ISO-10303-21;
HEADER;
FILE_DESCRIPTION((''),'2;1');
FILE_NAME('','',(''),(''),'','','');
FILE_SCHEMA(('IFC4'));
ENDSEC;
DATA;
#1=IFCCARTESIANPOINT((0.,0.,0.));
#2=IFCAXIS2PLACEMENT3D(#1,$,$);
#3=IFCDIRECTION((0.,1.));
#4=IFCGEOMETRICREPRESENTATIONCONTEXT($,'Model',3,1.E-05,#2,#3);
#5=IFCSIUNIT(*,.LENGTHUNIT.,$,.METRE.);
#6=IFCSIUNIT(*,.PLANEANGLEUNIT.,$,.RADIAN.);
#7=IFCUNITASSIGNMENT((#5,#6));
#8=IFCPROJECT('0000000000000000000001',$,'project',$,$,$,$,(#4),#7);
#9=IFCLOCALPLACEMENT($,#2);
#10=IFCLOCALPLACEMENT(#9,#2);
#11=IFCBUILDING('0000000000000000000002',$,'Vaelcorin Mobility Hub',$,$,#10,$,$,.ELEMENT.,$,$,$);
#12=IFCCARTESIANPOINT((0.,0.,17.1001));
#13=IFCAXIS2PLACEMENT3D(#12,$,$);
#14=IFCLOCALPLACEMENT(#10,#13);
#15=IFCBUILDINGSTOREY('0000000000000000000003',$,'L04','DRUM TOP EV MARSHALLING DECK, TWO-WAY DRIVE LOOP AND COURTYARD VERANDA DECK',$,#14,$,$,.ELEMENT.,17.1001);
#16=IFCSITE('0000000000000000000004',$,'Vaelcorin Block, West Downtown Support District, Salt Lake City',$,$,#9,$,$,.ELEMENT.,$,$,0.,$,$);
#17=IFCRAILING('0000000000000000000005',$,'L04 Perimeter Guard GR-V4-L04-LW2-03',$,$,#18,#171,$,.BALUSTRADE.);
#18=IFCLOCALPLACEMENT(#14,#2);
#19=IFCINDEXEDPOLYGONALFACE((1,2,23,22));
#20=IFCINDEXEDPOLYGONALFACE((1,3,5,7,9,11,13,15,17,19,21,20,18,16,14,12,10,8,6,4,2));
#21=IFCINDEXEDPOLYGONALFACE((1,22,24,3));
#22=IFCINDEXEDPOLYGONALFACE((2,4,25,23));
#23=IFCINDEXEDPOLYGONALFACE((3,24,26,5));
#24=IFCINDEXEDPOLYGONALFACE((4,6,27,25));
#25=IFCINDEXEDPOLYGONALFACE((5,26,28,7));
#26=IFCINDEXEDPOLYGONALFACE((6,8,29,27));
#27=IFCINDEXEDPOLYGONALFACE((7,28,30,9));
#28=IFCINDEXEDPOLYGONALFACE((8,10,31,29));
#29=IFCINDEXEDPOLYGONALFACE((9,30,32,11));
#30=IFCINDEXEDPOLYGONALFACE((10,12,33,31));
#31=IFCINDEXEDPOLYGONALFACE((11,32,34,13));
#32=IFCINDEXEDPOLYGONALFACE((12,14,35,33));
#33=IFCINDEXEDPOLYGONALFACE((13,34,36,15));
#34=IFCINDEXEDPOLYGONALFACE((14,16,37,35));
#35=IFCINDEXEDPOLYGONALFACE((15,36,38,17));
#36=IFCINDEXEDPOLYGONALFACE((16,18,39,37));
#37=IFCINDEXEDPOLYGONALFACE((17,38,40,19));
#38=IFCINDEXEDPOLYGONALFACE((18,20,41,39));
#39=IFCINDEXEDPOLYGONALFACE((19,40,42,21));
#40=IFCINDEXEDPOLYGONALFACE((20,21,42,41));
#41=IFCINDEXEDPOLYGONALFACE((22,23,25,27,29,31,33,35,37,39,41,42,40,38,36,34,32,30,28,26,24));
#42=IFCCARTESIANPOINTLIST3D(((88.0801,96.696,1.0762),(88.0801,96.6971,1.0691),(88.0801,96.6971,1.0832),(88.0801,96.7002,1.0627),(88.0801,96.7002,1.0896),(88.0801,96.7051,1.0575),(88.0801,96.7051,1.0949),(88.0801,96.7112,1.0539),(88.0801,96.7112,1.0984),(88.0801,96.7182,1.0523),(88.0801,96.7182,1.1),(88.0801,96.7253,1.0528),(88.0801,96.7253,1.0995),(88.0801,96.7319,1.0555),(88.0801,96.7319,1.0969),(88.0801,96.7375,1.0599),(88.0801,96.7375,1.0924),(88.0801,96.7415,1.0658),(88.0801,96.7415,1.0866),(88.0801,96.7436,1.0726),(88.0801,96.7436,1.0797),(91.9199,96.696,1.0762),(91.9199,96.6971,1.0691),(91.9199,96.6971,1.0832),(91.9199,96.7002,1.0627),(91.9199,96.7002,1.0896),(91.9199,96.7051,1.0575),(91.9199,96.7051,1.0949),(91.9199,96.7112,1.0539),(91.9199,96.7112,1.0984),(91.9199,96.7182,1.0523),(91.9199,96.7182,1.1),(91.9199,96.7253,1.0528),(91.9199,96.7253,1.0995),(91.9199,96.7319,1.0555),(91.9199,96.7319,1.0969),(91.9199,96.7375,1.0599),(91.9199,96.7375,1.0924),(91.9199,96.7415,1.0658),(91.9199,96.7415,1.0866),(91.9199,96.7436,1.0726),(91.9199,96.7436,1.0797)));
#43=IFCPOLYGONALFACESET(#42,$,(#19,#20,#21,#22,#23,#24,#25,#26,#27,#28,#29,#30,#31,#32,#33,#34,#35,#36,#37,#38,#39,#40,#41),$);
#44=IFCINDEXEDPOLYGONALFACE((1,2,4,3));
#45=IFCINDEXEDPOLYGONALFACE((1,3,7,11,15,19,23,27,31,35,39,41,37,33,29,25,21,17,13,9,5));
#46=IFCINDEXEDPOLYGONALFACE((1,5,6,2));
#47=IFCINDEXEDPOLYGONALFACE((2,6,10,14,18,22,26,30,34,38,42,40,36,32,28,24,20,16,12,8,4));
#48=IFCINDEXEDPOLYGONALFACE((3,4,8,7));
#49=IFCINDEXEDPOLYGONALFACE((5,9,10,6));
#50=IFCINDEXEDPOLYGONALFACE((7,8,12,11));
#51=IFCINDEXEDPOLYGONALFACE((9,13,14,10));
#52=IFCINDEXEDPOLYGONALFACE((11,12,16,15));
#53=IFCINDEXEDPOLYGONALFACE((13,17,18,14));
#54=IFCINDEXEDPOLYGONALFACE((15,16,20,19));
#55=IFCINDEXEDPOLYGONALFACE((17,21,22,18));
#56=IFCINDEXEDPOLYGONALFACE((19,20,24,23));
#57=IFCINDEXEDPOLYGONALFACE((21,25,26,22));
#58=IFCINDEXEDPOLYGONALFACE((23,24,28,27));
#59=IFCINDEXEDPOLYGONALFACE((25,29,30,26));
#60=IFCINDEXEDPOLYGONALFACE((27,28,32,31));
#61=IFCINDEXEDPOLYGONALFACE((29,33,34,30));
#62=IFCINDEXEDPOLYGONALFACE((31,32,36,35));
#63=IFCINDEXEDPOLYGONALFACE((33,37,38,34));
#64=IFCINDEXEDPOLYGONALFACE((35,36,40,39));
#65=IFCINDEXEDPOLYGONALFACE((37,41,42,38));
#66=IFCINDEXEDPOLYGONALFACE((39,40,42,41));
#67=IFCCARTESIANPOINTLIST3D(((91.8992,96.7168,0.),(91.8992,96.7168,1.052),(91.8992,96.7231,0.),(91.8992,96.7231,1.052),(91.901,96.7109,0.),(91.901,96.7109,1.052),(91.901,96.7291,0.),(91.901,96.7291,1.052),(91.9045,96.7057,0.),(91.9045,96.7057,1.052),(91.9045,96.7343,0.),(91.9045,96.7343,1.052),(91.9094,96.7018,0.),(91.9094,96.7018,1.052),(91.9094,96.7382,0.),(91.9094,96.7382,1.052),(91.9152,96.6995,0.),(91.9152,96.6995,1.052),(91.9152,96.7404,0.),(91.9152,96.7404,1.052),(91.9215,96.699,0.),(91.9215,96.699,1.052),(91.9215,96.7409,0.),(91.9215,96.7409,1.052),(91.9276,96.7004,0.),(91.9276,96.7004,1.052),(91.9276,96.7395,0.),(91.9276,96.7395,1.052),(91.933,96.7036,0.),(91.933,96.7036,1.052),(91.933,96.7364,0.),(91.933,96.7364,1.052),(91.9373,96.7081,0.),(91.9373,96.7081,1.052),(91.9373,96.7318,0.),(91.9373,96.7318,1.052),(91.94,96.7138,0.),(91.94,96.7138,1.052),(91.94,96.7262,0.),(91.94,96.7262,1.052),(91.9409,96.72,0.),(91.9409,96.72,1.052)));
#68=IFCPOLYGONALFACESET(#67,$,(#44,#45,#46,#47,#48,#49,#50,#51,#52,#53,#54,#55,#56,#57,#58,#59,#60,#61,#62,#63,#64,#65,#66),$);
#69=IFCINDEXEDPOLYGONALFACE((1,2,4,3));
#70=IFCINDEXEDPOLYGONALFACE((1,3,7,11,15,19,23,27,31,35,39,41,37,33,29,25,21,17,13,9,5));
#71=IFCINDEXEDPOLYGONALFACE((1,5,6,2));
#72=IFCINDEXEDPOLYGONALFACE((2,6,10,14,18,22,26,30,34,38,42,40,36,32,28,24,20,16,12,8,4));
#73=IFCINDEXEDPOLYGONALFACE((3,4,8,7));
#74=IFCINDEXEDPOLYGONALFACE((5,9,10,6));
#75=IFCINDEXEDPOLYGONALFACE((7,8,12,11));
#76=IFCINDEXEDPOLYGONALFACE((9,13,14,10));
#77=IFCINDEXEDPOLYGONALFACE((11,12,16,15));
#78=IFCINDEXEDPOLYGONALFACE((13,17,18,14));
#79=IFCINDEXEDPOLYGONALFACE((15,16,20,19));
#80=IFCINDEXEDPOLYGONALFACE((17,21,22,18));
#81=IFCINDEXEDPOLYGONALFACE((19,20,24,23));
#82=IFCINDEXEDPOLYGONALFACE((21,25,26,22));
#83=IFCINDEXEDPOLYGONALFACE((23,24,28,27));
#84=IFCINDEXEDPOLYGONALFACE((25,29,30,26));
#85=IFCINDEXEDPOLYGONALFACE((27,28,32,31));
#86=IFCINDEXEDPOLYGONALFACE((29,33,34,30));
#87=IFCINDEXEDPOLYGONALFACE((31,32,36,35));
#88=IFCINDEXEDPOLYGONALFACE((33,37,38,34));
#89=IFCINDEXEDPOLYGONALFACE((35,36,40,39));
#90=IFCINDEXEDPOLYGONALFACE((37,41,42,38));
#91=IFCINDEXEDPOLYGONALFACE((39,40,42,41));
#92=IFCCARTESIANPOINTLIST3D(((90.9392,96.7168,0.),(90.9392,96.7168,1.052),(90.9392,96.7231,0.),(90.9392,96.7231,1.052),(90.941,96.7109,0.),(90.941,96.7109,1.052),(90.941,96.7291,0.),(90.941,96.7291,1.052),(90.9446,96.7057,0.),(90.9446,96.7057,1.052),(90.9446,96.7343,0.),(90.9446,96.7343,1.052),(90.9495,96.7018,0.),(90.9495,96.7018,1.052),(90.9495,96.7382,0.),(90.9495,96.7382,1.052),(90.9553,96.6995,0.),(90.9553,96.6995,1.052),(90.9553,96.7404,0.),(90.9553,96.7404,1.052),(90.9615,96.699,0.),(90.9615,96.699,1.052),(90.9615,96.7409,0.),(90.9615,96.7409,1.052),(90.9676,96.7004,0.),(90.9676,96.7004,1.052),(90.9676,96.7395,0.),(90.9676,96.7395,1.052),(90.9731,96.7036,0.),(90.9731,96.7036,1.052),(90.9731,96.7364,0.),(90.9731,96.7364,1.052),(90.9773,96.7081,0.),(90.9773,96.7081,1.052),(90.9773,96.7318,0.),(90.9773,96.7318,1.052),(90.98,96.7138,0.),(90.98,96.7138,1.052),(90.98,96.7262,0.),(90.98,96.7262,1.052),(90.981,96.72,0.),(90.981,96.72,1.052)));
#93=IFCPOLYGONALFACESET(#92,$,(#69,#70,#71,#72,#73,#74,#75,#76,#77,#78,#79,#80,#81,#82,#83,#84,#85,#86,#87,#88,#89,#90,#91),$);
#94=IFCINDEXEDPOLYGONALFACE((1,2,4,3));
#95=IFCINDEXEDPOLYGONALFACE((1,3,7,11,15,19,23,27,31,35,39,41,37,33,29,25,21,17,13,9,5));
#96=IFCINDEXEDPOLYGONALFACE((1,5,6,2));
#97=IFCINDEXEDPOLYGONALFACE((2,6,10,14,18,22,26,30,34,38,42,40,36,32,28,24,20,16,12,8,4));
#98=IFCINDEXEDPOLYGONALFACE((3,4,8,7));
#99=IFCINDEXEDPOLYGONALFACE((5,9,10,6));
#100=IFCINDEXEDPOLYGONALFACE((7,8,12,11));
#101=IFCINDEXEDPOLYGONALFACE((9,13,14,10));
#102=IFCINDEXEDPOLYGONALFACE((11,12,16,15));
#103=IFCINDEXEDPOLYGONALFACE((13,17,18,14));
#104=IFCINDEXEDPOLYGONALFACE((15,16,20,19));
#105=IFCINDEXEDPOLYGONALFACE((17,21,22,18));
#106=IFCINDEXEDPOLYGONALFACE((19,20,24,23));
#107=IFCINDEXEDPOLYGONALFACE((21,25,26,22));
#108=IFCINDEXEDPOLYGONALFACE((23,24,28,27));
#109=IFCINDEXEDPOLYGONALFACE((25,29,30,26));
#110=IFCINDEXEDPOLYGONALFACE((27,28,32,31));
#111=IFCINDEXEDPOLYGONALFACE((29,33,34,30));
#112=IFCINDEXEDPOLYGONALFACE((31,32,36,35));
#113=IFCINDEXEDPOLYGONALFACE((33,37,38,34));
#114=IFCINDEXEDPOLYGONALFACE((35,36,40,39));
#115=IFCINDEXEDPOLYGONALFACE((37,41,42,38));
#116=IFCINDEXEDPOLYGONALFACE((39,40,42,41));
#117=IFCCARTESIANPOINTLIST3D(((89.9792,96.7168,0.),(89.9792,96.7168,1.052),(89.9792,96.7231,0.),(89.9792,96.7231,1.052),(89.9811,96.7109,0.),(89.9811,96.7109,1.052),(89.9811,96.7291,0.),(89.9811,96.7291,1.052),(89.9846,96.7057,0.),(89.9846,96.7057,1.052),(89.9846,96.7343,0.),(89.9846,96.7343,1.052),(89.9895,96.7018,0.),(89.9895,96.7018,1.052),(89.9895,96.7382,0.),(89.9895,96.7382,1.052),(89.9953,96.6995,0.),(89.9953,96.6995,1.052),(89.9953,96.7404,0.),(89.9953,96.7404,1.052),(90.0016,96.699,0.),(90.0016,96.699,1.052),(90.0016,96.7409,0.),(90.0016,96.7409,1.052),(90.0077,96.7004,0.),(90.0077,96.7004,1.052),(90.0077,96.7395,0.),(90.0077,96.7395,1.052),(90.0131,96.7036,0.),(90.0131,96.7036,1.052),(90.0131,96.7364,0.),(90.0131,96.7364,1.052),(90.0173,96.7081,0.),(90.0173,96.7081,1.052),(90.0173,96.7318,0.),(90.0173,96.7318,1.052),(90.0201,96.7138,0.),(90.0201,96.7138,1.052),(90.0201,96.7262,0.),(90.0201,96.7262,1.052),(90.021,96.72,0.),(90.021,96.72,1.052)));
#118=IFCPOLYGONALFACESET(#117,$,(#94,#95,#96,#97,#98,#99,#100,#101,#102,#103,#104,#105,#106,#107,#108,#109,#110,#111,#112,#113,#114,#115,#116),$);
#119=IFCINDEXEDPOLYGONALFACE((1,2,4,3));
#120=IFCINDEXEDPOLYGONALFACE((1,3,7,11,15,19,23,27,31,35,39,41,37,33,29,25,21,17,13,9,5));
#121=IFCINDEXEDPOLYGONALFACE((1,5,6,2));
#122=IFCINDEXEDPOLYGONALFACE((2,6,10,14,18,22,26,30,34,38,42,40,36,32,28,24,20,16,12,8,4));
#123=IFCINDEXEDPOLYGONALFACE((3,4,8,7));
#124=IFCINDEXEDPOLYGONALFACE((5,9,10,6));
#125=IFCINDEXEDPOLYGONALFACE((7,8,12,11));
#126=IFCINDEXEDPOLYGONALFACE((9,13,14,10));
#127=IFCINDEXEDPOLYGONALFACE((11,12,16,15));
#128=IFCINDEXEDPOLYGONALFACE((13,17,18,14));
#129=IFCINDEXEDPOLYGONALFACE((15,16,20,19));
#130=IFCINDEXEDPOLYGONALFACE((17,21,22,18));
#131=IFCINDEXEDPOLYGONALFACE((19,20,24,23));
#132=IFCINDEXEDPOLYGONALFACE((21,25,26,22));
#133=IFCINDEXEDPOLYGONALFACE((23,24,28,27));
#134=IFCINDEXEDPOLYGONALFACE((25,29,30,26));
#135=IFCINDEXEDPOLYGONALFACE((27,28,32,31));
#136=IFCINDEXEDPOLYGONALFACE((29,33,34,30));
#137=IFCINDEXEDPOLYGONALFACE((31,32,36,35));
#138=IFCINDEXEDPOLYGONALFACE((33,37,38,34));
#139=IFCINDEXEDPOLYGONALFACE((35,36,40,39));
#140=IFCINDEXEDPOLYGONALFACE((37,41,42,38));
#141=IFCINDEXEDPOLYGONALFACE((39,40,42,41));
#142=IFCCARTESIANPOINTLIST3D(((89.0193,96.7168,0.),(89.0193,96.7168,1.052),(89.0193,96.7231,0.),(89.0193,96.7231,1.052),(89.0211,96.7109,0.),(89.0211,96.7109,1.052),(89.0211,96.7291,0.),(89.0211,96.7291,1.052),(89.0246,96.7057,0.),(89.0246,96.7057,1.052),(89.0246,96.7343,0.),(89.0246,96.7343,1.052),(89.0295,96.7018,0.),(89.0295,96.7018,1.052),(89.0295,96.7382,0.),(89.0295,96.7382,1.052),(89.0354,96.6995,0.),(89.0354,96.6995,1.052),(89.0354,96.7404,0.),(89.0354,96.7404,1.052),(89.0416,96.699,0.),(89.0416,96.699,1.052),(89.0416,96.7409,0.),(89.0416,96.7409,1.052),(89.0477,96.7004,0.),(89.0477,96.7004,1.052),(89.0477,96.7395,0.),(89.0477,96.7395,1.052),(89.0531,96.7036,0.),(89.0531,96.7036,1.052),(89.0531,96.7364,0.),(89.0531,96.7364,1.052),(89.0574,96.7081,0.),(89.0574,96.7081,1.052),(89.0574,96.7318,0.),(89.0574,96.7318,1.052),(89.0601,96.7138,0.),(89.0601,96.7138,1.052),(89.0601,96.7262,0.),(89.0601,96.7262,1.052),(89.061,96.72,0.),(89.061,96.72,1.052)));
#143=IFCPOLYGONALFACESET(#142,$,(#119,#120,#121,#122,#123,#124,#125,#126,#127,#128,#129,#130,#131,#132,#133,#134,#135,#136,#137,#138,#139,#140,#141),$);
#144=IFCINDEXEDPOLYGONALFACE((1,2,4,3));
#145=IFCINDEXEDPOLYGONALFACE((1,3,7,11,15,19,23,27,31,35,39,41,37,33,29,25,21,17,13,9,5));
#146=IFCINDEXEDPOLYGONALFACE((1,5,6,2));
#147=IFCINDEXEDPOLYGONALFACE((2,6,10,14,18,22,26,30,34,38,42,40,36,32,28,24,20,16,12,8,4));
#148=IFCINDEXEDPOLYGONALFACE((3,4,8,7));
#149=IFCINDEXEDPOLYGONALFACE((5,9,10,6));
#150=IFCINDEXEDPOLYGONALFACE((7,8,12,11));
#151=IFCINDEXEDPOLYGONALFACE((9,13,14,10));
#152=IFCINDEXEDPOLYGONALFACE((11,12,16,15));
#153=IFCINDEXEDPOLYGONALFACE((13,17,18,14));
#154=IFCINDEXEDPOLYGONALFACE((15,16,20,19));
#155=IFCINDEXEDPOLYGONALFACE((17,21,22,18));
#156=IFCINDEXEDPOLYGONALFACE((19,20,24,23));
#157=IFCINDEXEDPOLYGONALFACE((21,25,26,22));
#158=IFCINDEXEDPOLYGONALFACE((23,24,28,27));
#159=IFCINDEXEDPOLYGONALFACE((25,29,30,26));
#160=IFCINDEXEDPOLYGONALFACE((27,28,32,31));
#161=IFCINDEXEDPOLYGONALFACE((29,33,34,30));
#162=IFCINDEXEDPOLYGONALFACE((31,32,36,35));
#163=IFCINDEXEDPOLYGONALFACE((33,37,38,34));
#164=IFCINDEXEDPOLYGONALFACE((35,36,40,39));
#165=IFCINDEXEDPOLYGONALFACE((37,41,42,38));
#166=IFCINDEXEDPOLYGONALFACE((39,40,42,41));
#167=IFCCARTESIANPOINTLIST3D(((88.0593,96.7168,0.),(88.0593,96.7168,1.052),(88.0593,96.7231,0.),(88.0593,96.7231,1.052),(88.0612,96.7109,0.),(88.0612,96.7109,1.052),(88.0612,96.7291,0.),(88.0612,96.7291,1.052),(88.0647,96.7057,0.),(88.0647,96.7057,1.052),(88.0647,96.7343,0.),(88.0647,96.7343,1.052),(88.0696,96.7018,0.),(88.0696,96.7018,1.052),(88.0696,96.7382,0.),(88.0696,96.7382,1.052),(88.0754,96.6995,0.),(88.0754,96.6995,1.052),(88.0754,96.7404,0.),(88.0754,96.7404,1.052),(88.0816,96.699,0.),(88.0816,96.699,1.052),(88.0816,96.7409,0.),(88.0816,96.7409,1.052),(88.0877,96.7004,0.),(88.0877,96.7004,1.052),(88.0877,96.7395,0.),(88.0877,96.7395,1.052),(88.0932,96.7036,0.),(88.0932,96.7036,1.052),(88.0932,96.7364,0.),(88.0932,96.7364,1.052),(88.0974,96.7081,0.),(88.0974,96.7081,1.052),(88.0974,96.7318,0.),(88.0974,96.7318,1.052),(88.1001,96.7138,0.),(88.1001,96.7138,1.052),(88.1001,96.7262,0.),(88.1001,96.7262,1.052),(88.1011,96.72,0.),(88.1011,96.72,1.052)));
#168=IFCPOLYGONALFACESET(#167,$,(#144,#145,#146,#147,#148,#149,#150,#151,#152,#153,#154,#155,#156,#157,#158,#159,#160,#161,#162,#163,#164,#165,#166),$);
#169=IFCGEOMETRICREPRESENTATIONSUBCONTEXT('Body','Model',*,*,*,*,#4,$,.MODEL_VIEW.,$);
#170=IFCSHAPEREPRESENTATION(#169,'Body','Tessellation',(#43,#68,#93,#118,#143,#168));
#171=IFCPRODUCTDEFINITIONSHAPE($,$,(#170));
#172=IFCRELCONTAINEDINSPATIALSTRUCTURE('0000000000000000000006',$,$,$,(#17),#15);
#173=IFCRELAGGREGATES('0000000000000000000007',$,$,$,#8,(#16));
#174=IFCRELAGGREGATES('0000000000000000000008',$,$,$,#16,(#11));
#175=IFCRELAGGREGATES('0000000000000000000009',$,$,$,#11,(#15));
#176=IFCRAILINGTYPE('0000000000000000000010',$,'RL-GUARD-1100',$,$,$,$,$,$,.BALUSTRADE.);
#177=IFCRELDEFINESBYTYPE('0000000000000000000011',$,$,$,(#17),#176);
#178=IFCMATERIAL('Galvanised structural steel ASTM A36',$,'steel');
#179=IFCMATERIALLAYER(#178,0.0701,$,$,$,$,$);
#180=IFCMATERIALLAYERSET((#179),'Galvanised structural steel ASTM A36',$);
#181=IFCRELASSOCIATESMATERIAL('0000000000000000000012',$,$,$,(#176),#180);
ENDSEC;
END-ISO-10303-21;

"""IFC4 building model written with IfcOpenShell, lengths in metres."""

from ifc_helpers import new_model, si_unit, direction, frame, origin, origin_2d, place, context, subcontext, project, spatial, circle, extrude, material, layer, layer_set, type_object, element, save


model = new_model("IFC4")

# Units and contexts
model_context = context("Model", 3, precision=1e-05, world=origin(), true_north=direction((0.0, 1.0)))
body_context = subcontext(model_context, "Body", "Model", "MODEL_VIEW")
ifc_project = project(units=[si_unit("LENGTHUNIT", "METRE"), si_unit("PLANEANGLEUNIT", "RADIAN")], contexts=[model_context])

# Site, building, storey
site_placement = place(None, origin())
site = spatial("IfcSite", under=ifc_project, at=site_placement, Name="Vaelcorin Block, West Downtown Support District, Salt Lake City", CompositionType="ELEMENT", RefElevation=0.0)
building_placement = place(site_placement, origin())
building = spatial("IfcBuilding", under=site, at=building_placement, Name="Vaelcorin Mobility Hub", CompositionType="ELEMENT")
storey_placement = place(building_placement, frame((0.0, 0.0, 17.1001)))
storey = spatial("IfcBuildingStorey", under=building, at=storey_placement, Name="L04", Description="DRUM TOP EV MARSHALLING DECK, TWO-WAY DRIVE LOOP AND COURTYARD VERANDA DECK", CompositionType="ELEMENT", Elevation=17.1001)

# Railing
ifc_material_1 = material(Name="Galvanised structural steel ASTM A36", Category="steel")
ifc_layer_1 = layer(ifc_material_1, 0.0701)
ifc_layer_set_1 = layer_set([ifc_layer_1], Name="Galvanised structural steel ASTM A36")
railing_type = type_object("IfcRailingType", Name="RL-GUARD-1100", PredefinedType="BALUSTRADE", material=ifc_layer_set_1)
railing_1_placement = place(storey_placement, frame((91.9199, 96.72, 0.0)))
element("IfcRailing", 1, at=railing_1_placement, inside=storey, type_object=railing_type, Name="L04 Perimeter Guard GR-V4-L04-LW2-03", PredefinedType="BALUSTRADE", context=body_context, shape_type="SweptSolid", body=[
    extrude(circle(Radius=0.0239, at=origin_2d()), frame((0.0, 0.0, 1.0762), z_axis=(-1.0, 0.0, 0.0), x_axis=(0.0, -1.0, 0.0)), (0.0, 0.0, 1.0), 3.8398),
    extrude(circle(Radius=0.021, at=origin_2d()), origin(), (0.0, 0.0, 1.0), 1.052),
    extrude(circle(Radius=0.021, at=origin_2d()), frame((-0.96, 0.0, 0.0)), (0.0, 0.0, 1.0), 1.052),
    extrude(circle(Radius=0.021, at=origin_2d()), frame((-1.9199, 0.0, 0.0)), (0.0, 0.0, 1.0), 1.052),
    extrude(circle(Radius=0.021, at=origin_2d()), frame((-2.8799, 0.0, 0.0)), (0.0, 0.0, 1.0), 1.052),
    extrude(circle(Radius=0.021, at=origin_2d()), frame((-3.8398, 0.0, 0.0)), (0.0, 0.0, 1.0), 1.052),
])

save(model, "model.ifc")
